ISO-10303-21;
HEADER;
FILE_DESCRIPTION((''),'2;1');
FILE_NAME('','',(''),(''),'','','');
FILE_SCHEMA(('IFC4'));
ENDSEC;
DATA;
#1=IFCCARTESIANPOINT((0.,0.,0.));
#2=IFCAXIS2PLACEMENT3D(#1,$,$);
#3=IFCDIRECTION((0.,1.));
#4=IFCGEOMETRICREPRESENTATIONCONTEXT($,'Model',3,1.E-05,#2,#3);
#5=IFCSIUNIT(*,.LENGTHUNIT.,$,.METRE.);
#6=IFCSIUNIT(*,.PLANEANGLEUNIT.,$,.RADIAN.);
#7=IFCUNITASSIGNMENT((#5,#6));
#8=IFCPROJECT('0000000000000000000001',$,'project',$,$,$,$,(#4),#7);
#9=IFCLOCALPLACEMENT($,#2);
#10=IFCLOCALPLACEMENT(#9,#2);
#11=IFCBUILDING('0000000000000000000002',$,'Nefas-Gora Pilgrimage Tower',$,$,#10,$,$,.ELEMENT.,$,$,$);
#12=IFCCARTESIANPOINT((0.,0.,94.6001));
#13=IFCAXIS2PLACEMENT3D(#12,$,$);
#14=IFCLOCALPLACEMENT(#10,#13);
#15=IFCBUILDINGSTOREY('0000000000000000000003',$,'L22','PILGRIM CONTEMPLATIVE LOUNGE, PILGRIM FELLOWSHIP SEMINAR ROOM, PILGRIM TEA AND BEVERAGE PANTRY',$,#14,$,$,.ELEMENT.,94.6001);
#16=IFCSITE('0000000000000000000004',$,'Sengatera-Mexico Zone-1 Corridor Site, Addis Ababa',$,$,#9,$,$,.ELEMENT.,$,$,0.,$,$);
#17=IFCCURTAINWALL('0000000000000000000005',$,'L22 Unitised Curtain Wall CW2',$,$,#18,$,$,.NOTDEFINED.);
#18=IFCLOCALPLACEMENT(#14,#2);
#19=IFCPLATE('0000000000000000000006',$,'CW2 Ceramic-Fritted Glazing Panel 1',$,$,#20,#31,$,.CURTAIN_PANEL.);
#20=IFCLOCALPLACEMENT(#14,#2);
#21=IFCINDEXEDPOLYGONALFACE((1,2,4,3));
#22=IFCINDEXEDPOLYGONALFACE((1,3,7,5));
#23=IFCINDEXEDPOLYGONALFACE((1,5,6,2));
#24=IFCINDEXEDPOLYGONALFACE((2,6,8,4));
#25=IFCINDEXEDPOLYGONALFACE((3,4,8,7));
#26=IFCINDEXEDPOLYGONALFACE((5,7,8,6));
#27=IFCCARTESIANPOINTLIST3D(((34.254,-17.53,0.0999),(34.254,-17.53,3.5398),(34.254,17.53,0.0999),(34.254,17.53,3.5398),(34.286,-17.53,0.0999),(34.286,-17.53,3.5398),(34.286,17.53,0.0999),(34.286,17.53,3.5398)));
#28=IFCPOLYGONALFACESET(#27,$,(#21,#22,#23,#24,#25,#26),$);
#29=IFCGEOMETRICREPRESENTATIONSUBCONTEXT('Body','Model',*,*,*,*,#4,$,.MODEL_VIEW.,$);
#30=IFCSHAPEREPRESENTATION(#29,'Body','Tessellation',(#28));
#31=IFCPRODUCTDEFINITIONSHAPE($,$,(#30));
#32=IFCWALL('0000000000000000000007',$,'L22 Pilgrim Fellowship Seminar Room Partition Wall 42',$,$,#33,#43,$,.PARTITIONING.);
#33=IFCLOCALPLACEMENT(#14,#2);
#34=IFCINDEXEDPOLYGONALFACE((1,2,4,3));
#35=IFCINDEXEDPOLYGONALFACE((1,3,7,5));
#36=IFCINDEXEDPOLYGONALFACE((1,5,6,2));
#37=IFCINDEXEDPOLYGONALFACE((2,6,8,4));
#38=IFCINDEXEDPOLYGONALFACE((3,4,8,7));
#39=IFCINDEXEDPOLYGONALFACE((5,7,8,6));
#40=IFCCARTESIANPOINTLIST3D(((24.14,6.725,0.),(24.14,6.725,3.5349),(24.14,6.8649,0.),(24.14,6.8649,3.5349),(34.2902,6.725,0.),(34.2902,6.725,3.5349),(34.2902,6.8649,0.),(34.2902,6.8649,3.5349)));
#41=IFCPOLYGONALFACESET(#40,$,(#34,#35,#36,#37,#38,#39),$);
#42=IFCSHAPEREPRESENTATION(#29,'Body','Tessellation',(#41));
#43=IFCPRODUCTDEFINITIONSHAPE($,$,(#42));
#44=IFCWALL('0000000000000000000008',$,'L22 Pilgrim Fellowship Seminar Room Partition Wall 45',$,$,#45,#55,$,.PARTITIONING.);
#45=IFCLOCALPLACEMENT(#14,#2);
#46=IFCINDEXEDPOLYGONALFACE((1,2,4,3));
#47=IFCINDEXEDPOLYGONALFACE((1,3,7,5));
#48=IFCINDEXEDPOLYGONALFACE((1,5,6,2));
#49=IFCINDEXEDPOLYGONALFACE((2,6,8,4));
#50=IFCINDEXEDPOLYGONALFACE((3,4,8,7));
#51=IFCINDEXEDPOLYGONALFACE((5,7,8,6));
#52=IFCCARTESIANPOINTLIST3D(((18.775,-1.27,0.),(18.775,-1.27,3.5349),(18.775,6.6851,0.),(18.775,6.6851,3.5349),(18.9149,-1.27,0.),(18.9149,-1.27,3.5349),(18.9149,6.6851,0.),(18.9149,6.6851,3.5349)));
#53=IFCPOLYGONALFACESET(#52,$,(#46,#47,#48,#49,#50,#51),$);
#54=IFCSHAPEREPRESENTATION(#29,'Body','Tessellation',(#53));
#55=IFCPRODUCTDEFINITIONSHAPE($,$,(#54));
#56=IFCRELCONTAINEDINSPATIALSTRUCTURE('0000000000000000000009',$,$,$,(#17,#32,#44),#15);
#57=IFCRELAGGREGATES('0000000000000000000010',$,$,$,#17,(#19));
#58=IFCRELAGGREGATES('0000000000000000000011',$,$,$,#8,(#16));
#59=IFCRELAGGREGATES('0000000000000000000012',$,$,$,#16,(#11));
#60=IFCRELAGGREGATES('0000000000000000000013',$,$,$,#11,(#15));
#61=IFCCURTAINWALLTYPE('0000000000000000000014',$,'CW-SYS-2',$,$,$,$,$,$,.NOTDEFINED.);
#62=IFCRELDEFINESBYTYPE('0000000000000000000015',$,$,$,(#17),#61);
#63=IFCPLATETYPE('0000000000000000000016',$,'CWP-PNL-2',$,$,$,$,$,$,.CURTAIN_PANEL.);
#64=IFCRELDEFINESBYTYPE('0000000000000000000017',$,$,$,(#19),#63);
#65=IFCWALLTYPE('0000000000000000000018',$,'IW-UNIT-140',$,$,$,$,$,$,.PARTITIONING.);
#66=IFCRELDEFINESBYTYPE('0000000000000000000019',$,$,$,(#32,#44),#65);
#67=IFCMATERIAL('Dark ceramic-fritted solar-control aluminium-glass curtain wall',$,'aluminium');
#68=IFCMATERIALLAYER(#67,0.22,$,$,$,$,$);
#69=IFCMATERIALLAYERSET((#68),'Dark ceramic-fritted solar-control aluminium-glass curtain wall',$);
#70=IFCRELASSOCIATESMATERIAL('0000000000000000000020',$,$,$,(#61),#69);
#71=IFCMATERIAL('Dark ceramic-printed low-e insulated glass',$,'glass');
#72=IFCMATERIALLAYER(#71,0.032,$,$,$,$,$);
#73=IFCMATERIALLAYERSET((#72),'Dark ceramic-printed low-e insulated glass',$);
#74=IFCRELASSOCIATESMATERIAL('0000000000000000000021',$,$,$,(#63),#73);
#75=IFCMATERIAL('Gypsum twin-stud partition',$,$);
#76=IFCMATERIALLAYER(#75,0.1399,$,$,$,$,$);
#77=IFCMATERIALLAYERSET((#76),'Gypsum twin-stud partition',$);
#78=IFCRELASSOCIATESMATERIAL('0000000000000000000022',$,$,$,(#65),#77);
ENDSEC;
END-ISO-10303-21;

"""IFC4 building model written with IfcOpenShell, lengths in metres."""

from ifc_helpers import new_model, si_unit, direction, frame, frame_2d, origin, origin_2d, place, context, subcontext, project, spatial, rectangle, extrude, source, transform, mapped, material, layer, layer_set, type_object, element, aggregate, save


model = new_model("IFC4")

# Units and contexts
model_context = context("Model", 3, precision=1e-05, world=origin(), true_north=direction((0.0, 1.0)))
body_context = subcontext(model_context, "Body", "Model", "MODEL_VIEW")
ifc_project = project(units=[si_unit("LENGTHUNIT", "METRE"), si_unit("PLANEANGLEUNIT", "RADIAN")], contexts=[model_context])

# Site, building, storey
site_placement = place(None, origin())
site = spatial("IfcSite", under=ifc_project, at=site_placement, Name="Sengatera-Mexico Zone-1 Corridor Site, Addis Ababa", CompositionType="ELEMENT", RefElevation=0.0)
building_placement = place(site_placement, origin())
building = spatial("IfcBuilding", under=site, at=building_placement, Name="Nefas-Gora Pilgrimage Tower", CompositionType="ELEMENT")
storey_placement = place(building_placement, frame((0.0, 0.0, 94.6001)))
storey = spatial("IfcBuildingStorey", under=building, at=storey_placement, Name="L22", Description="PILGRIM CONTEMPLATIVE LOUNGE, PILGRIM FELLOWSHIP SEMINAR ROOM, PILGRIM TEA AND BEVERAGE PANTRY", CompositionType="ELEMENT", Elevation=94.6001)

# Curtain wall, plate
ifc_material_1 = material(Name="Dark ceramic-fritted solar-control aluminium-glass curtain wall", Category="aluminium")
ifc_layer_1 = layer(ifc_material_1, 0.22)
ifc_layer_set_1 = layer_set([ifc_layer_1], Name="Dark ceramic-fritted solar-control aluminium-glass curtain wall")
curtain_wall_type = type_object("IfcCurtainWallType", Name="CW-SYS-2", PredefinedType="NOTDEFINED", material=ifc_layer_set_1)
curtain_wall_placement = place(storey_placement, origin())
curtain_wall = element("IfcCurtainWall", 1, at=curtain_wall_placement, inside=storey, type_object=curtain_wall_type, Name="L22 Unitised Curtain Wall CW2", PredefinedType="NOTDEFINED")
ifc_material_2 = material(Name="Dark ceramic-printed low-e insulated glass", Category="glass")
ifc_layer_2 = layer(ifc_material_2, 0.032)
ifc_layer_set_2 = layer_set([ifc_layer_2], Name="Dark ceramic-printed low-e insulated glass")
plate_type = type_object("IfcPlateType", Name="CWP-PNL-2", PredefinedType="CURTAIN_PANEL", material=ifc_layer_set_2)
shared_shape_1 = source(origin(), body_context, "Body", "SweptSolid", [
    extrude(rectangle(XDim=35.0601, YDim=0.032, at=origin_2d()), origin(), (0.0, 0.0, 1.0), 3.4399),
])
plate_placement = place(storey_placement, frame((34.27, 0.0, 0.0999), z_axis=(0.0, 0.0, 1.0), x_axis=(0.0, 1.0, 0.0)))
plate = element("IfcPlate", 2, at=plate_placement, type_object=plate_type, Name="CW2 Ceramic-Fritted Glazing Panel 1", PredefinedType="CURTAIN_PANEL", context=body_context, shape_type="MappedRepresentation", body=[
    mapped(shared_shape_1, transform((0.0, 0.0, 0.0), x_axis=(1.0, 0.0, 0.0), y_axis=(0.0, 1.0, 0.0), z_axis=(0.0, 0.0, 1.0), scale=1.0)),
])
aggregate(curtain_wall, [plate])

# Walls
ifc_material_3 = material(Name="Gypsum twin-stud partition")
ifc_layer_3 = layer(ifc_material_3, 0.1399)
ifc_layer_set_3 = layer_set([ifc_layer_3], Name="Gypsum twin-stud partition")
wall_type = type_object("IfcWallType", Name="IW-UNIT-140", PredefinedType="PARTITIONING", material=ifc_layer_set_3)
shared_shape_2 = source(origin(), body_context, "Body", "SweptSolid", [
    extrude(rectangle(XDim=10.1501, YDim=0.1399, at=frame_2d((5.0752, 0.0))), origin(), (0.0, 0.0, 1.0), 3.5349),
])
wall_1_placement = place(storey_placement, frame((24.1399, 6.7949, 0.0), z_axis=(0.0, 0.0, 1.0), x_axis=(1.0, 0.0, 0.0)))
element("IfcWall", 3, at=wall_1_placement, inside=storey, type_object=wall_type, Name="L22 Pilgrim Fellowship Seminar Room Partition Wall 42", PredefinedType="PARTITIONING", context=body_context, shape_type="MappedRepresentation", body=[
    mapped(shared_shape_2, transform((0.0, 0.0, 0.0), x_axis=(1.0, 0.0, 0.0), y_axis=(0.0, 1.0, 0.0), z_axis=(0.0, 0.0, 1.0), scale=1.0)),
])
shared_shape_3 = source(origin(), body_context, "Body", "SweptSolid", [
    extrude(rectangle(XDim=7.9551, YDim=0.1399, at=frame_2d((3.9775, 0.0))), origin(), (0.0, 0.0, 1.0), 3.5349),
])
wall_2_placement = place(storey_placement, frame((18.845, -1.27, 0.0), z_axis=(0.0, 0.0, 1.0), x_axis=(0.0, 1.0, 0.0)))
element("IfcWall", 4, at=wall_2_placement, inside=storey, type_object=wall_type, Name="L22 Pilgrim Fellowship Seminar Room Partition Wall 45", PredefinedType="PARTITIONING", context=body_context, shape_type="MappedRepresentation", body=[
    mapped(shared_shape_3, transform((0.0, 0.0, 0.0), x_axis=(1.0, 0.0, 0.0), y_axis=(0.0, 1.0, 0.0), z_axis=(0.0, 0.0, 1.0), scale=1.0)),
])

save(model, "model.ifc")
